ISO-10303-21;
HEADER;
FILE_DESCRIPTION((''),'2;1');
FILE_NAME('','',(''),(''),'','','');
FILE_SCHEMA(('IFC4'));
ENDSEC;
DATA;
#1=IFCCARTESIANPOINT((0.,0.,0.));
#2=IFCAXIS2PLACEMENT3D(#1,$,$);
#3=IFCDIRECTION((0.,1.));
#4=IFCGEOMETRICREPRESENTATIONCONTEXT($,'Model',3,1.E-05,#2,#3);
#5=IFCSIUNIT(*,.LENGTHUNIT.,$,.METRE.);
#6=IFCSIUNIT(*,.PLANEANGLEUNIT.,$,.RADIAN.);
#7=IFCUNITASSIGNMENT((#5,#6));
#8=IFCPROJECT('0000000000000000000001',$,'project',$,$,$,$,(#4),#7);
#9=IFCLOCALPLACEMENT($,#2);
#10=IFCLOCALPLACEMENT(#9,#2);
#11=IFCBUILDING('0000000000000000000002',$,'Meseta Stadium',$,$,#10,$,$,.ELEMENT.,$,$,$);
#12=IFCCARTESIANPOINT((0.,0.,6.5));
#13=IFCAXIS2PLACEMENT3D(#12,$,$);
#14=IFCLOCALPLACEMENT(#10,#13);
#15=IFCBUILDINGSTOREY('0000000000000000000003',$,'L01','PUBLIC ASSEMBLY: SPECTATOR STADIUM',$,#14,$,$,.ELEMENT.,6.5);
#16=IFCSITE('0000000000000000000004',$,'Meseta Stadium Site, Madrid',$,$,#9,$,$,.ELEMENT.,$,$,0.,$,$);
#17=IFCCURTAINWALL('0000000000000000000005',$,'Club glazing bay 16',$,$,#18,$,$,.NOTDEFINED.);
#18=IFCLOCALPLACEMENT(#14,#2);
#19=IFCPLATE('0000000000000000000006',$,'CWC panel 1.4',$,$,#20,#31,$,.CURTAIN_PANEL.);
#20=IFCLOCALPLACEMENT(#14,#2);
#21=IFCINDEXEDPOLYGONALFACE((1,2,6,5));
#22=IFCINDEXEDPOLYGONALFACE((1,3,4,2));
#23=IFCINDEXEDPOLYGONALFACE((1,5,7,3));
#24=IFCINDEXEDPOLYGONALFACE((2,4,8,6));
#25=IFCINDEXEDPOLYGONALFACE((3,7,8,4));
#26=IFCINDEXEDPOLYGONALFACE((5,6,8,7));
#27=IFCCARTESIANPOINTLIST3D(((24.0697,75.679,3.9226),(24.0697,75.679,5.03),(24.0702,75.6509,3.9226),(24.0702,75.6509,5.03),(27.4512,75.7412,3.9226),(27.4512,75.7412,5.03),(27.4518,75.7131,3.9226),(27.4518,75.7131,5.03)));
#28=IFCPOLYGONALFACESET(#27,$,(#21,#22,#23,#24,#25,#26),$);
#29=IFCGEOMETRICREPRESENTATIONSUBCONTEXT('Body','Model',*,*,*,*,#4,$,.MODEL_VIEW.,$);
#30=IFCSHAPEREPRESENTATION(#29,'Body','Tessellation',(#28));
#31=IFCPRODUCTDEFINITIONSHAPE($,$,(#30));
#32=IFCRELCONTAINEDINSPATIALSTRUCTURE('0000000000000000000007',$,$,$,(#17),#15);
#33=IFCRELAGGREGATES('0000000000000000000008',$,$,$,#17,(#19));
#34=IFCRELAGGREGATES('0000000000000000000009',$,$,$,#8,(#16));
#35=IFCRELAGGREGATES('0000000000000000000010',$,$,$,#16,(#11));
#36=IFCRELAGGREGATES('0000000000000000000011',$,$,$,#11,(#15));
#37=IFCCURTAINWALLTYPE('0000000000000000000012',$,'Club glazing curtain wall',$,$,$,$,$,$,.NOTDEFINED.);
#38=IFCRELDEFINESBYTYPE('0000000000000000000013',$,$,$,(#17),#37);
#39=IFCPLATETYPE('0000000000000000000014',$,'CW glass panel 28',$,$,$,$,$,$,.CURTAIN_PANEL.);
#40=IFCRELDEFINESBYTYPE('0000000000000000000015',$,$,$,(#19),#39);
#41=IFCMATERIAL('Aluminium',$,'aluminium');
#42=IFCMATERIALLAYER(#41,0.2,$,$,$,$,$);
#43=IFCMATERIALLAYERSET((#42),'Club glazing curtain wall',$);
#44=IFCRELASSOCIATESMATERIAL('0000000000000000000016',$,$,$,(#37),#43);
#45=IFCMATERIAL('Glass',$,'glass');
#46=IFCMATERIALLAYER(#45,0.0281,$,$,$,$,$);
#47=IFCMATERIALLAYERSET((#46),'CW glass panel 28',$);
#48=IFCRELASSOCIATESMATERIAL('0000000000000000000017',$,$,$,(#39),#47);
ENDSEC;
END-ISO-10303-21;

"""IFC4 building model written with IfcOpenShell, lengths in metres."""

from ifc_helpers import new_model, si_unit, direction, frame, origin, origin_2d, place, context, subcontext, project, spatial, rectangle, extrude, material, layer, layer_set, type_object, element, aggregate, save


model = new_model("IFC4")

# Units and contexts
model_context = context("Model", 3, precision=1e-05, world=origin(), true_north=direction((0.0, 1.0)))
body_context = subcontext(model_context, "Body", "Model", "MODEL_VIEW")
ifc_project = project(units=[si_unit("LENGTHUNIT", "METRE"), si_unit("PLANEANGLEUNIT", "RADIAN")], contexts=[model_context])

# Site, building, storey
site_placement = place(None, origin())
site = spatial("IfcSite", under=ifc_project, at=site_placement, Name="Meseta Stadium Site, Madrid", CompositionType="ELEMENT", RefElevation=0.0)
building_placement = place(site_placement, origin())
building = spatial("IfcBuilding", under=site, at=building_placement, Name="Meseta Stadium", CompositionType="ELEMENT")
storey_placement = place(building_placement, frame((0.0, 0.0, 6.5)))
storey = spatial("IfcBuildingStorey", under=building, at=storey_placement, Name="L01", Description="PUBLIC ASSEMBLY: SPECTATOR STADIUM", CompositionType="ELEMENT", Elevation=6.5)

# Shared definitions
ifc_material_1 = material(Name="Aluminium", Category="aluminium")
ifc_layer_1 = layer(ifc_material_1, 0.2)
ifc_layer_set_1 = layer_set([ifc_layer_1], Name="Club glazing curtain wall")
curtain_wall_type = type_object("IfcCurtainWallType", Name="Club glazing curtain wall", PredefinedType="NOTDEFINED", material=ifc_layer_set_1)

# Curtain wall
curtain_wall_1_placement = place(storey_placement, origin())
curtain_wall_1 = element("IfcCurtainWall", 1, at=curtain_wall_1_placement, inside=storey, type_object=curtain_wall_type, Name="Club glazing bay 16", PredefinedType="NOTDEFINED")

# Plate
ifc_material_2 = material(Name="Glass", Category="glass")
ifc_layer_2 = layer(ifc_material_2, 0.0281)
ifc_layer_set_2 = layer_set([ifc_layer_2], Name="CW glass panel 28")
plate_type = type_object("IfcPlateType", Name="CW glass panel 28", PredefinedType="CURTAIN_PANEL", material=ifc_layer_set_2)
plate_1_placement = place(storey_placement, frame((25.7607, 75.696, 3.9226), z_axis=(0.0, 0.0, 1.0), x_axis=(-0.999831, -0.018384, 0.0)))
plate_1 = element("IfcPlate", 2, at=plate_1_placement, type_object=plate_type, Name="CWC panel 1.4", PredefinedType="CURTAIN_PANEL", context=body_context, shape_type="SweptSolid", body=[
    extrude(rectangle(XDim=3.3821, YDim=0.0281, at=origin_2d()), origin(), (0.0, 0.0, 1.0), 1.1074),
])
aggregate(curtain_wall_1, [plate_1])

save(model, "model.ifc")
